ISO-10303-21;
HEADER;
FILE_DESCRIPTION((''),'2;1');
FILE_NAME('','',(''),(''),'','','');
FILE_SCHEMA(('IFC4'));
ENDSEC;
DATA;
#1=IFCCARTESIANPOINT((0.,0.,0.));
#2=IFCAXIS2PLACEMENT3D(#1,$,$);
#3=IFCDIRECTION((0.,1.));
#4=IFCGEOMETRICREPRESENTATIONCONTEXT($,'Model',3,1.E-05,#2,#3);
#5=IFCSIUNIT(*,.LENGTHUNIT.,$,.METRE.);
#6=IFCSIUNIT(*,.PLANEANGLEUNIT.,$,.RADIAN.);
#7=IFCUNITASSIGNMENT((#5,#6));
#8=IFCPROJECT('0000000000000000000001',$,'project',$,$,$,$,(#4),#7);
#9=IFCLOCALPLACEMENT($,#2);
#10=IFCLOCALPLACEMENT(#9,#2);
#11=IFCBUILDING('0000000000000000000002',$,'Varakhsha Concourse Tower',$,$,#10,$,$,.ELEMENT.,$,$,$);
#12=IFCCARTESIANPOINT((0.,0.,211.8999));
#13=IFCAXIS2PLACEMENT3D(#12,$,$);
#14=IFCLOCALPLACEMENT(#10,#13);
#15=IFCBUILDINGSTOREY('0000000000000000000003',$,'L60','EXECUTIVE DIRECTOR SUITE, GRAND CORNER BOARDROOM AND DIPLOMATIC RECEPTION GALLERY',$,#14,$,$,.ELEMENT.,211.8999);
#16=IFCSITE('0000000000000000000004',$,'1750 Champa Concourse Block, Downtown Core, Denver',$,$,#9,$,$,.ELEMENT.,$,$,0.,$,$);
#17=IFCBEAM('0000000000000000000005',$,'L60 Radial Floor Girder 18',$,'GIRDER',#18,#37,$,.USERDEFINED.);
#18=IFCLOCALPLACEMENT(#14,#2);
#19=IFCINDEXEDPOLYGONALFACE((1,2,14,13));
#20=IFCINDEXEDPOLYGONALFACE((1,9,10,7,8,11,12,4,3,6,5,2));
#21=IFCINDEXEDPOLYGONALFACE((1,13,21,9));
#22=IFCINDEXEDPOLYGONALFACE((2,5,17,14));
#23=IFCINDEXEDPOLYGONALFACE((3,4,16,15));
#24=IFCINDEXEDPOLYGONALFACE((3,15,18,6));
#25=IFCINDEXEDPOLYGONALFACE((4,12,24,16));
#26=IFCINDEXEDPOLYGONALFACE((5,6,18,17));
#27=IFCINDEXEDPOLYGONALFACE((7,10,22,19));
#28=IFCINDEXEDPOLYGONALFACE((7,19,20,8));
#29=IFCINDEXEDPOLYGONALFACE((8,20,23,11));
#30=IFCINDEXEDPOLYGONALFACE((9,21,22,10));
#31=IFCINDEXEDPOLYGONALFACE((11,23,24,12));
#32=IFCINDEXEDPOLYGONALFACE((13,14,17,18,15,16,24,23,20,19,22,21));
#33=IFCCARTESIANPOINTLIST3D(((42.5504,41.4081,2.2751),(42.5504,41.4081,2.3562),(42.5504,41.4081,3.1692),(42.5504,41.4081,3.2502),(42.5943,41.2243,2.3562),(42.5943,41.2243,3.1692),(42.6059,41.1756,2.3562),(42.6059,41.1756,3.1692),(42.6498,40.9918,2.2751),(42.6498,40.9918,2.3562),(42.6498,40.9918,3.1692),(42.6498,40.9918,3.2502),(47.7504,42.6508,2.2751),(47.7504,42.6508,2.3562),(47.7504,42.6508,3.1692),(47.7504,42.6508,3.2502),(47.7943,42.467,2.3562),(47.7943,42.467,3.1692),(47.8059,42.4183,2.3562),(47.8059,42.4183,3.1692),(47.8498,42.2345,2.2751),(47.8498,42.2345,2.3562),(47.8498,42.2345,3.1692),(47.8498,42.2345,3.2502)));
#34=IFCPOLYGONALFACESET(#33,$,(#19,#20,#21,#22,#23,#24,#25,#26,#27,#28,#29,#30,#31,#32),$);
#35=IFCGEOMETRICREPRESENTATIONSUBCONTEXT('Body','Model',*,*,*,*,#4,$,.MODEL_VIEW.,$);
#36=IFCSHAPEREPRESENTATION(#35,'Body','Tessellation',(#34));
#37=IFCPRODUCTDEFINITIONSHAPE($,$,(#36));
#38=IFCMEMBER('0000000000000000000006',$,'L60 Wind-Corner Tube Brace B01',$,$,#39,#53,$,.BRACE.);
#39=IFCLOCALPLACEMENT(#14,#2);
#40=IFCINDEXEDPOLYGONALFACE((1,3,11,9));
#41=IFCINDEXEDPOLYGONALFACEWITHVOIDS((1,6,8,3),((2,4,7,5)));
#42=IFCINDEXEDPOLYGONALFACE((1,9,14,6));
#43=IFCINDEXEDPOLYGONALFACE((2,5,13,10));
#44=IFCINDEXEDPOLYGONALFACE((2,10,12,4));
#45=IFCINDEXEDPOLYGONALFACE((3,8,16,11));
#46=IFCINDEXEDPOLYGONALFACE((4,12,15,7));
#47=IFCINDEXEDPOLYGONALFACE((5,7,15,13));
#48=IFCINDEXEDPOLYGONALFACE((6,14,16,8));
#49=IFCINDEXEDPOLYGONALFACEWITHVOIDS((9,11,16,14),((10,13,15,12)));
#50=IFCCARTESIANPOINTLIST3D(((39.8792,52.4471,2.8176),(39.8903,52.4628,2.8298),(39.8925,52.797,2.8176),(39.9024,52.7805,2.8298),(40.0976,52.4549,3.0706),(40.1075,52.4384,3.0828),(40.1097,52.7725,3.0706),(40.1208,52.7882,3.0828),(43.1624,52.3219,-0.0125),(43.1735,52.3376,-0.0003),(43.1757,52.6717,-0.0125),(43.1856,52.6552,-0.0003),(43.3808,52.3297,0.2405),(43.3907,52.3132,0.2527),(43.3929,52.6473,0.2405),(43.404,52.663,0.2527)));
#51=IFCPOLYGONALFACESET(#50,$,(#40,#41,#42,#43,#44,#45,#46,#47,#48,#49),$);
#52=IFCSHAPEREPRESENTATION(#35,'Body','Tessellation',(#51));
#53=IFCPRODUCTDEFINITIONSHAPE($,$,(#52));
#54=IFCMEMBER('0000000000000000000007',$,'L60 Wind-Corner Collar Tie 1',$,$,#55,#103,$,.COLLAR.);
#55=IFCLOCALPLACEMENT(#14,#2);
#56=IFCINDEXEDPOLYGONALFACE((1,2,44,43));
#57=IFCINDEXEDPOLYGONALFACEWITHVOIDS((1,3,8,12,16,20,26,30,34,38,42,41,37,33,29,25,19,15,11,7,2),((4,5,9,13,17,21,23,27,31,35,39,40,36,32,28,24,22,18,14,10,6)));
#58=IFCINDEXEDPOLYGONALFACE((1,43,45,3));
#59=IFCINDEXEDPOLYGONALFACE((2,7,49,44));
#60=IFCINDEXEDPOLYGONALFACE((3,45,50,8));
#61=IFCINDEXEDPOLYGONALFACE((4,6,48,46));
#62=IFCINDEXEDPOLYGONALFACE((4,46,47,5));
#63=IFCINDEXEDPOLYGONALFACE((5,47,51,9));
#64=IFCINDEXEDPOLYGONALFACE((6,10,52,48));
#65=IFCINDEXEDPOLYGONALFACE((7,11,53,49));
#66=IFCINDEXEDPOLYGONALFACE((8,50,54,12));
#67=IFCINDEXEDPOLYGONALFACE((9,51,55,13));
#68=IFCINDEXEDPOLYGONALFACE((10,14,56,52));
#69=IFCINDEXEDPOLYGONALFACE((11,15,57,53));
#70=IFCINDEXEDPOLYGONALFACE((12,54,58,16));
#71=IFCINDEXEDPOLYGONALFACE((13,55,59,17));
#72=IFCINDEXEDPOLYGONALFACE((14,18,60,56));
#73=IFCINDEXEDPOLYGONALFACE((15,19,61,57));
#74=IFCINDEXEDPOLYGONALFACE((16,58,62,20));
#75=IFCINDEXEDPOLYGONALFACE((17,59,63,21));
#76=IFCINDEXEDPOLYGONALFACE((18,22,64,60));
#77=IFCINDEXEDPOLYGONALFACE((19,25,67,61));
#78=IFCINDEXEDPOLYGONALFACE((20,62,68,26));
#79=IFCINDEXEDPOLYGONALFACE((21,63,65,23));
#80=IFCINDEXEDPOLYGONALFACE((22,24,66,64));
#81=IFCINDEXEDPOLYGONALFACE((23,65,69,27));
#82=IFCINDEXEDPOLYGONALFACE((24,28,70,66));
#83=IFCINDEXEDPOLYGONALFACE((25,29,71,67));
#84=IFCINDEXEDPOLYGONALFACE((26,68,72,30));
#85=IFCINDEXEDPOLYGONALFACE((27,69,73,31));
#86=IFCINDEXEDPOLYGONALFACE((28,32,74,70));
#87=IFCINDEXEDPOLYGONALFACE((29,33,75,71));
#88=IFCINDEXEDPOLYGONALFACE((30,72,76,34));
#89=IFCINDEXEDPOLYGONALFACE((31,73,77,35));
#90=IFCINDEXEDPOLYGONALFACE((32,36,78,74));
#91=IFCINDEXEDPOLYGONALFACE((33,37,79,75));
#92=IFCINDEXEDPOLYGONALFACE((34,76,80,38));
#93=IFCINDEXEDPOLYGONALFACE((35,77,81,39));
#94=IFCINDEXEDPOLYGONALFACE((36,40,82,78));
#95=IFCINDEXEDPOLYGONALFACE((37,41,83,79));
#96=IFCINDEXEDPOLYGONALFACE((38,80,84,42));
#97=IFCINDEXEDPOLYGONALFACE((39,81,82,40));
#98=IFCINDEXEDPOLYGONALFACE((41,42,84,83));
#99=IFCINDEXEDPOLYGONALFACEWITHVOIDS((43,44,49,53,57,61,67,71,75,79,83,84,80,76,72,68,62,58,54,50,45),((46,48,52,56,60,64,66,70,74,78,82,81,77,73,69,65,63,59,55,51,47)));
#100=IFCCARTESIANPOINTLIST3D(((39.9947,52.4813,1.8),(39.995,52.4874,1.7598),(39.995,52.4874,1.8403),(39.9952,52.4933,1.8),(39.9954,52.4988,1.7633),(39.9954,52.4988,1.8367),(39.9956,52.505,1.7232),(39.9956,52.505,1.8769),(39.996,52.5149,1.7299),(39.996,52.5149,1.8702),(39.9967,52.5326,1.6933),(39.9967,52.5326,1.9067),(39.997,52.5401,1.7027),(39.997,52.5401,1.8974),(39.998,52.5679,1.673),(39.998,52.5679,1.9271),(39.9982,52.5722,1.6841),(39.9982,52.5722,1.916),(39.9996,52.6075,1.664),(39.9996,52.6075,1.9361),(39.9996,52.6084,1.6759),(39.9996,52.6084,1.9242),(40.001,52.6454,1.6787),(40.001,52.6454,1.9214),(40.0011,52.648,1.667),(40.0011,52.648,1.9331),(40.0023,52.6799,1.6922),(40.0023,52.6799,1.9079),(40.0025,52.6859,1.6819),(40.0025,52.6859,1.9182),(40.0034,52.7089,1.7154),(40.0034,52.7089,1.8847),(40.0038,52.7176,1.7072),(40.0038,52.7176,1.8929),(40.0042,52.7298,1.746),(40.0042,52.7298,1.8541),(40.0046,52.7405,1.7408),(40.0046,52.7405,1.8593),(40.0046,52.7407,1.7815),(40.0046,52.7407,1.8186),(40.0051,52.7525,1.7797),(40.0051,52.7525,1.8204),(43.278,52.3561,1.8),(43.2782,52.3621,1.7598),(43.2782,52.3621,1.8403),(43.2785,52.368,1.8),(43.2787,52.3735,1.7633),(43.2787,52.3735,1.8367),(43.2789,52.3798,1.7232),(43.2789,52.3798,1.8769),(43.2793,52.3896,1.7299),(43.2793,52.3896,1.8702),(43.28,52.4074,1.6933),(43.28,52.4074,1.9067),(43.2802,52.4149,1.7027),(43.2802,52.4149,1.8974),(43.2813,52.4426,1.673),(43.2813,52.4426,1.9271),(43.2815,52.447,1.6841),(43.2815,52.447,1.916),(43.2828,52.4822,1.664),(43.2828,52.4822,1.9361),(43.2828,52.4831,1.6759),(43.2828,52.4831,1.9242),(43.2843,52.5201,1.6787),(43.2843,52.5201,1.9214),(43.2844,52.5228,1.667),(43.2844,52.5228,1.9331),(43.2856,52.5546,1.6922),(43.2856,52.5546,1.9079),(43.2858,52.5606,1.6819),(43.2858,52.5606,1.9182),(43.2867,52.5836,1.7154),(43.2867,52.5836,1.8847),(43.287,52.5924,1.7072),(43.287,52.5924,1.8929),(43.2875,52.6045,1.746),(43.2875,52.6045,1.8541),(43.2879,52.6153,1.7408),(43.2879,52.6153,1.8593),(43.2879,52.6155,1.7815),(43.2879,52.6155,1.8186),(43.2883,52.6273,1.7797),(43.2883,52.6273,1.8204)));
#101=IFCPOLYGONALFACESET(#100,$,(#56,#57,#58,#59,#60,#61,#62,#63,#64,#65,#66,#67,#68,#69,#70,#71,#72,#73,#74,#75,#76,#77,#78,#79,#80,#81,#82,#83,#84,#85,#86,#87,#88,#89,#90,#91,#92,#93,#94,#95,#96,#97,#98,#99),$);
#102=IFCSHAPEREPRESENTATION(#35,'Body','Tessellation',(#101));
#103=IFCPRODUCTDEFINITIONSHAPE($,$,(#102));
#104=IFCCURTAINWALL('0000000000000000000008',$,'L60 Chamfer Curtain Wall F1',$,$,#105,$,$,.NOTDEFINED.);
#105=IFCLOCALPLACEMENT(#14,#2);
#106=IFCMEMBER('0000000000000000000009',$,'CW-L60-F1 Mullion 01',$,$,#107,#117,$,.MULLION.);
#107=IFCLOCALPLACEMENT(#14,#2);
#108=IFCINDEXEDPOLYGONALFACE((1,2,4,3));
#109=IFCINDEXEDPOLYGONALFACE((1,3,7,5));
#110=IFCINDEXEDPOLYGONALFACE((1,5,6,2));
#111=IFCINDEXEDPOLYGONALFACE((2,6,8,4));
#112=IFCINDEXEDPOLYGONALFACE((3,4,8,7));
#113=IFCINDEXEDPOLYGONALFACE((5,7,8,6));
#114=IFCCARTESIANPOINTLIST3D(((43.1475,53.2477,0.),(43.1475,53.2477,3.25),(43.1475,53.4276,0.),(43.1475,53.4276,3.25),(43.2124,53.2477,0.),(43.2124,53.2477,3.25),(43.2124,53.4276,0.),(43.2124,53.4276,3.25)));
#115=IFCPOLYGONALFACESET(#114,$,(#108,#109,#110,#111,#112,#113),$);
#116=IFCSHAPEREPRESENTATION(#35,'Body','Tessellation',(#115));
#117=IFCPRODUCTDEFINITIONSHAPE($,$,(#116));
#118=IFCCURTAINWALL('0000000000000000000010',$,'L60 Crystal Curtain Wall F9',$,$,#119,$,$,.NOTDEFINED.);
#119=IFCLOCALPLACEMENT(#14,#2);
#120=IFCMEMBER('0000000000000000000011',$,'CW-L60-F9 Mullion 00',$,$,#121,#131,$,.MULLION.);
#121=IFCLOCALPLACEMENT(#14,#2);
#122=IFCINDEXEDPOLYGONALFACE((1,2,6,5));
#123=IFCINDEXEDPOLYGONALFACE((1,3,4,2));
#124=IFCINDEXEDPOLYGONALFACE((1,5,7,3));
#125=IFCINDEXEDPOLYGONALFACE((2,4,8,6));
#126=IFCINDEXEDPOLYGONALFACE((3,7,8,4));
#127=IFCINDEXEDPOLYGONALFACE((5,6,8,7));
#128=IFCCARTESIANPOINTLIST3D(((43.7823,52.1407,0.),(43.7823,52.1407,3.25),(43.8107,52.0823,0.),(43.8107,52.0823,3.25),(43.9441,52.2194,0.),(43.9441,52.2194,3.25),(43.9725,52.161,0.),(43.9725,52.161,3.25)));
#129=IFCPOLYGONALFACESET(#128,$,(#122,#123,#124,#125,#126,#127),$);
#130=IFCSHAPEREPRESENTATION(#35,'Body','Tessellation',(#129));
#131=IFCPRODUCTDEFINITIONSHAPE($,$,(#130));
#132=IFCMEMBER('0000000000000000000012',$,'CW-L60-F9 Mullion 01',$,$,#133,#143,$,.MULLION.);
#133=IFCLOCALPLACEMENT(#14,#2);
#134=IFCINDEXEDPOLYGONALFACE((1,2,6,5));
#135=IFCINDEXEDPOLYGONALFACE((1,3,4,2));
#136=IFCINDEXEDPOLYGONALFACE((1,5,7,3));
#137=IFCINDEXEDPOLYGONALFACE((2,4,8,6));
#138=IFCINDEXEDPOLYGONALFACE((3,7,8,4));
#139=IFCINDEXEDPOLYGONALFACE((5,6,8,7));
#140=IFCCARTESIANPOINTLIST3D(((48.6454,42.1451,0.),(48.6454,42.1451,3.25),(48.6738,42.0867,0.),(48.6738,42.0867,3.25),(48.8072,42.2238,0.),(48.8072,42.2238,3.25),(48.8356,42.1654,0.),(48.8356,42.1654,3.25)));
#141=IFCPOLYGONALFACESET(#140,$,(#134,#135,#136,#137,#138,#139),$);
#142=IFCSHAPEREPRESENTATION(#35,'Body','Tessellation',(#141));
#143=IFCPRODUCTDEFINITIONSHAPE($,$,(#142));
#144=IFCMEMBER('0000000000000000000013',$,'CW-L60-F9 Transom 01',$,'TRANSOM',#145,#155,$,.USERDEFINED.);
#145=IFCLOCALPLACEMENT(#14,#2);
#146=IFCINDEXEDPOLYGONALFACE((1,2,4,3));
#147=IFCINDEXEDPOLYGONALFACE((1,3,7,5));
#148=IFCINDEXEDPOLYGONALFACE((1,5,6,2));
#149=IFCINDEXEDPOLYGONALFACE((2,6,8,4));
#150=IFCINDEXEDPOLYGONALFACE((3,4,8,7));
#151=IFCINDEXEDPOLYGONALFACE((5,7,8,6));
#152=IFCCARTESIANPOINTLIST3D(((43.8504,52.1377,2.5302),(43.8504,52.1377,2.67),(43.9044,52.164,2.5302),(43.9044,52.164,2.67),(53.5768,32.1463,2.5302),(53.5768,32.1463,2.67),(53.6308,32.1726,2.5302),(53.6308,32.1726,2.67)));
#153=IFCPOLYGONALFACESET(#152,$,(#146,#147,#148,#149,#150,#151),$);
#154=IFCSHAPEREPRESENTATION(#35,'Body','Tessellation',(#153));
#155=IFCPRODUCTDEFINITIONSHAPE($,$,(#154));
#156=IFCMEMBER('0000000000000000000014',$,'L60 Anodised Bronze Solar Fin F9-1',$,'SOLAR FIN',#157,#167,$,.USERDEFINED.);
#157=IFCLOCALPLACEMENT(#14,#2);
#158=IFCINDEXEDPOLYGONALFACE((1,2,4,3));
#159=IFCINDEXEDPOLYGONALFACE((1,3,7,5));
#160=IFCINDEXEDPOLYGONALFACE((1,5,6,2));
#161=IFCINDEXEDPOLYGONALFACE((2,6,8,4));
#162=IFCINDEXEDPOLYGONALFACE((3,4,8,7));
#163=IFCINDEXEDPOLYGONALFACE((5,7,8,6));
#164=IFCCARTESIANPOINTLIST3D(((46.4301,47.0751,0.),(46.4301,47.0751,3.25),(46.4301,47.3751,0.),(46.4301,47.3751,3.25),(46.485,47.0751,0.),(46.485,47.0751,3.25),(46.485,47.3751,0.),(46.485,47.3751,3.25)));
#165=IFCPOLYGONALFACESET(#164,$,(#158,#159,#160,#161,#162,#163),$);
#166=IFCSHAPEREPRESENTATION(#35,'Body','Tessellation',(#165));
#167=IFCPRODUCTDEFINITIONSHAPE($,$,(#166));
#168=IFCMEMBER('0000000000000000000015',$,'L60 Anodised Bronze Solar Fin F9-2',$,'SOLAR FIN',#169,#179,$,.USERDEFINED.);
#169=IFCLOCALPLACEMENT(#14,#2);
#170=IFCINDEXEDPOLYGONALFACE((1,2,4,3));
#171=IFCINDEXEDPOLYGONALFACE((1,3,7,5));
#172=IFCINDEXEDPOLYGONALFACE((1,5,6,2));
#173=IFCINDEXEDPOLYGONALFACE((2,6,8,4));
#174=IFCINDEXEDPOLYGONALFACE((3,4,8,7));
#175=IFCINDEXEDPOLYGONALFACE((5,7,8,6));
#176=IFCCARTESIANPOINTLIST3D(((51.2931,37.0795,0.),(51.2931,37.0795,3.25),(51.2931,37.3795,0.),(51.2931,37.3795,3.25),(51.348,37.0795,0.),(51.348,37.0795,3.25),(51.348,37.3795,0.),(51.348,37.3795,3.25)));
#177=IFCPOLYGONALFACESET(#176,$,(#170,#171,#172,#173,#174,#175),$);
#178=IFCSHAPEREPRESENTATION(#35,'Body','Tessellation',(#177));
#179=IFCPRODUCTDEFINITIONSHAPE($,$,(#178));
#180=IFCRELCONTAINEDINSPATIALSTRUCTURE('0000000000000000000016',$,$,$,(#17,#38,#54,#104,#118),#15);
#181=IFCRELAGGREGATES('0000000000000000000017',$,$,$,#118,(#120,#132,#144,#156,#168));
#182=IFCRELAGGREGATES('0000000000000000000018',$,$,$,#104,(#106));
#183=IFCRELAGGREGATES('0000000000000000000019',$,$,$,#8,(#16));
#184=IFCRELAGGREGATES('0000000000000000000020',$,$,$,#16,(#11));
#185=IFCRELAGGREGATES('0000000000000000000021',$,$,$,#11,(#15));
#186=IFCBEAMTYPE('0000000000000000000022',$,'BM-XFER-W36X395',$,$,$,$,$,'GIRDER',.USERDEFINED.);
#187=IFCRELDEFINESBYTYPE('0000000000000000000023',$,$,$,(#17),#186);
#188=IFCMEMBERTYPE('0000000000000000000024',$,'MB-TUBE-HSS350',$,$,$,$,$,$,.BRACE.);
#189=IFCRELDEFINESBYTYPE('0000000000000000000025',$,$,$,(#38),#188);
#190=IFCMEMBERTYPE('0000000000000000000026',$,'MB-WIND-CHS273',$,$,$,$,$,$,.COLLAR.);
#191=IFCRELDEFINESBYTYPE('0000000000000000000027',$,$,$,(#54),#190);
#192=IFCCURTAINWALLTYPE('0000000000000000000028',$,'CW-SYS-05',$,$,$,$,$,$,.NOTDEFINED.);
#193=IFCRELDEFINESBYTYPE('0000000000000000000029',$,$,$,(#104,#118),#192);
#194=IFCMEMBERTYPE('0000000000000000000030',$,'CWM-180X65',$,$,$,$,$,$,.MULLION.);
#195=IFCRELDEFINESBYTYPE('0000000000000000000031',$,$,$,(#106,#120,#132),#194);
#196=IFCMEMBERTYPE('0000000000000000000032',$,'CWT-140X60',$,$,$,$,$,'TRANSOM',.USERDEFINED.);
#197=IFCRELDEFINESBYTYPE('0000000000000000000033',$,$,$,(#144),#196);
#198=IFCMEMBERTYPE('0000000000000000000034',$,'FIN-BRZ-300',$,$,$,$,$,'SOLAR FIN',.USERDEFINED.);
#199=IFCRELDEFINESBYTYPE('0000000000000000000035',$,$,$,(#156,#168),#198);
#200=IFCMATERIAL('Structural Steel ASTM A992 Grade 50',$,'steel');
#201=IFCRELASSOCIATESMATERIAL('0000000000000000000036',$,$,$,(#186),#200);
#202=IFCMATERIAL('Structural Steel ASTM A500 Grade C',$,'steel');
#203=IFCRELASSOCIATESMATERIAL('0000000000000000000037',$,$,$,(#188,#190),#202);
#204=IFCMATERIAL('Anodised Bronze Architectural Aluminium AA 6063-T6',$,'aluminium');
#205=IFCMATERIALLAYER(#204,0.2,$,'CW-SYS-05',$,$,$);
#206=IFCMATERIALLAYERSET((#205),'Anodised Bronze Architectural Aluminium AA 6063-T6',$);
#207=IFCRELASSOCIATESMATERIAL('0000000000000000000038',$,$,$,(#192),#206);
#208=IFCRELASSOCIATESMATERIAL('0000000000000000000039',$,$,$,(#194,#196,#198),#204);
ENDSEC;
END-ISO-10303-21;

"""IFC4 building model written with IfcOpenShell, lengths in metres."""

from ifc_helpers import new_model, si_unit, direction, frame, origin, origin_2d, place, context, subcontext, project, spatial, rectangle, hollow_rectangle, hollow_circle, i_section, extrude, source, transform, mapped, material, layer, layer_set, material_profile, profile_set, type_object, type_shapes, element, aggregate, save


model = new_model("IFC4")

# Units and contexts
model_context = context("Model", 3, precision=1e-05, world=origin(), true_north=direction((0.0, 1.0)))
body_context = subcontext(model_context, "Body", "Model", "MODEL_VIEW")
ifc_project = project(units=[si_unit("LENGTHUNIT", "METRE"), si_unit("PLANEANGLEUNIT", "RADIAN")], contexts=[model_context])

# Site, building, storey
site_placement = place(None, origin())
site = spatial("IfcSite", under=ifc_project, at=site_placement, Name="1750 Champa Concourse Block, Downtown Core, Denver", CompositionType="ELEMENT", RefElevation=0.0)
building_placement = place(site_placement, origin())
building = spatial("IfcBuilding", under=site, at=building_placement, Name="Varakhsha Concourse Tower", CompositionType="ELEMENT")
storey_placement = place(building_placement, frame((0.0, 0.0, 211.8999)))
storey = spatial("IfcBuildingStorey", under=building, at=storey_placement, Name="L60", Description="EXECUTIVE DIRECTOR SUITE, GRAND CORNER BOARDROOM AND DIPLOMATIC RECEPTION GALLERY", CompositionType="ELEMENT", Elevation=211.8999)

# Shared definitions
ifc_material_1 = material(Name="Structural Steel ASTM A992 Grade 50", Category="steel")

# Beam
ifc_material_profile_1 = material_profile(ifc_material_1, i_section(OverallWidth=0.428, OverallDepth=0.9751, WebThickness=0.05, FlangeThickness=0.0811, at=origin_2d()), Name="W36X395")
ifc_profile_set_1 = profile_set([ifc_material_profile_1], Name="Structural Steel ASTM A992 Grade 50")
beam_type_1 = type_object("IfcBeamType", Name="BM-XFER-W36X395", ElementType="GIRDER", PredefinedType="USERDEFINED", material=ifc_profile_set_1)
beam_1_placement = place(storey_placement, frame((42.6001, 41.2, 2.7627), z_axis=(0.972612, 0.232433, 0.0), x_axis=(-0.232433, 0.972612, 0.0)))
element("IfcBeam", 1, at=beam_1_placement, inside=storey, type_object=beam_type_1, Name="L60 Radial Floor Girder 18", ObjectType="GIRDER", PredefinedType="USERDEFINED", context=body_context, shape_type="SweptSolid", body=[
    extrude(i_section(OverallWidth=0.428, OverallDepth=0.9751, WebThickness=0.05, FlangeThickness=0.0811, at=origin_2d()), origin(), (0.0, 0.0, 1.0), 5.3464),
])

# Members
ifc_material_2 = material(Name="Structural Steel ASTM A500 Grade C", Category="steel")
ifc_material_profile_2 = material_profile(ifc_material_2, hollow_rectangle(XDim=0.3501, YDim=0.3501, WallThickness=0.0161, at=origin_2d()), Name="HSS 350x350x16")
ifc_profile_set_2 = profile_set([ifc_material_profile_2], Name="Structural Steel ASTM A500 Grade C")
member_type_1 = type_object("IfcMemberType", Name="MB-TUBE-HSS350", PredefinedType="BRACE", material=ifc_profile_set_2)
shared_shape_1 = source(origin(), body_context, "Body", "SweptSolid", [
    extrude(hollow_rectangle(XDim=0.3501, YDim=0.3501, WallThickness=0.0161, at=origin_2d()), origin(), (0.0, 0.0, 1.0), 4.3364),
])
type_shapes(member_type_1, [shared_shape_1])
member_1_placement = place(storey_placement, frame((43.2832, 52.4924, 0.1201), z_axis=(-0.757125, 0.028882, 0.652632), x_axis=(-0.038119, -0.999273, 0.0)))
element("IfcMember", 2, at=member_1_placement, inside=storey, type_object=member_type_1, Name="L60 Wind-Corner Tube Brace B01", PredefinedType="BRACE", context=body_context, shape_type="MappedRepresentation", body=[
    mapped(shared_shape_1, transform((0.0, 0.0, 0.0), scale=1.0)),
])
ifc_material_profile_3 = material_profile(ifc_material_2, hollow_circle(Radius=0.1365, WallThickness=0.012, at=origin_2d()), Name="CHS 273x12")
ifc_profile_set_3 = profile_set([ifc_material_profile_3], Name="Structural Steel ASTM A500 Grade C")
member_type_2 = type_object("IfcMemberType", Name="MB-WIND-CHS273", PredefinedType="COLLAR", material=ifc_profile_set_3)
shared_shape_2 = source(origin(), body_context, "Body", "SweptSolid", [
    extrude(hollow_circle(Radius=0.1365, WallThickness=0.012, at=origin_2d()), origin(), (0.0, 0.0, 1.0), 3.2856),
])
type_shapes(member_type_2, [shared_shape_2])
member_2_placement = place(storey_placement, frame((43.2832, 52.4924, 1.8), z_axis=(-0.999273, 0.038119, 0.0), x_axis=(-0.038119, -0.999273, 0.0)))
element("IfcMember", 3, at=member_2_placement, inside=storey, type_object=member_type_2, Name="L60 Wind-Corner Collar Tie 1", PredefinedType="COLLAR", context=body_context, shape_type="MappedRepresentation", body=[
    mapped(shared_shape_2, transform((0.0, 0.0, 0.0), scale=1.0)),
])

# Curtain wall, member
ifc_material_3 = material(Name="Anodised Bronze Architectural Aluminium AA 6063-T6", Category="aluminium")
ifc_layer_1 = layer(ifc_material_3, 0.2, Name="CW-SYS-05")
ifc_layer_set_1 = layer_set([ifc_layer_1], Name="Anodised Bronze Architectural Aluminium AA 6063-T6")
curtain_wall_type = type_object("IfcCurtainWallType", Name="CW-SYS-05", PredefinedType="NOTDEFINED", material=ifc_layer_set_1)
curtain_wall_1_placement = place(storey_placement, origin())
curtain_wall_1 = element("IfcCurtainWall", 4, at=curtain_wall_1_placement, inside=storey, type_object=curtain_wall_type, Name="L60 Chamfer Curtain Wall F1", PredefinedType="NOTDEFINED")
ifc_material_profile_4 = material_profile(ifc_material_3, rectangle(XDim=0.0649, YDim=0.1799, at=origin_2d()), Name="CWM-180X65")
ifc_profile_set_4 = profile_set([ifc_material_profile_4], Name="Anodised Bronze Architectural Aluminium AA 6063-T6")
member_type_3 = type_object("IfcMemberType", Name="CWM-180X65", PredefinedType="MULLION", material=ifc_profile_set_4)
shared_shape_3 = source(origin(), body_context, "Body", "SweptSolid", [
    extrude(rectangle(XDim=0.0649, YDim=0.1799, at=origin_2d()), origin(), (0.0, 0.0, 1.0), 3.25),
])
type_shapes(member_type_3, [shared_shape_3])
member_3_placement = place(storey_placement, frame((43.1799, 53.3376, 0.0), z_axis=(0.0, 0.0, 1.0), x_axis=(1.0, 0.0, 0.0)))
member_3 = element("IfcMember", 5, at=member_3_placement, type_object=member_type_3, Name="CW-L60-F1 Mullion 01", PredefinedType="MULLION", context=body_context, shape_type="MappedRepresentation", body=[
    mapped(shared_shape_3, transform((0.0, 0.0, 0.0), scale=1.0)),
])

# Curtain wall, members
curtain_wall_2_placement = place(storey_placement, origin())
curtain_wall_2 = element("IfcCurtainWall", 6, at=curtain_wall_2_placement, inside=storey, type_object=curtain_wall_type, Name="L60 Crystal Curtain Wall F9", PredefinedType="NOTDEFINED")
member_4_placement = place(storey_placement, frame((43.8774, 52.1509, 0.0), z_axis=(0.0, 0.0, 1.0), x_axis=(0.437497, -0.89922, 0.0)))
member_4 = element("IfcMember", 7, at=member_4_placement, type_object=member_type_3, Name="CW-L60-F9 Mullion 00", PredefinedType="MULLION", context=body_context, shape_type="MappedRepresentation", body=[
    mapped(shared_shape_3, transform((0.0, 0.0, 0.0), scale=1.0)),
])
member_5_placement = place(storey_placement, frame((48.7405, 42.1553, 0.0), z_axis=(0.0, 0.0, 1.0), x_axis=(0.437497, -0.89922, 0.0)))
member_5 = element("IfcMember", 8, at=member_5_placement, type_object=member_type_3, Name="CW-L60-F9 Mullion 01", PredefinedType="MULLION", context=body_context, shape_type="MappedRepresentation", body=[
    mapped(shared_shape_3, transform((0.0, 0.0, 0.0), scale=1.0)),
])
ifc_material_profile_5 = material_profile(ifc_material_3, rectangle(XDim=0.0601, YDim=0.1399, at=origin_2d()), Name="CWT-140X60")
ifc_profile_set_5 = profile_set([ifc_material_profile_5], Name="Anodised Bronze Architectural Aluminium AA 6063-T6")
member_type_4 = type_object("IfcMemberType", Name="CWT-140X60", ElementType="TRANSOM", PredefinedType="USERDEFINED", material=ifc_profile_set_5)
shared_shape_4 = source(origin(), body_context, "Body", "SweptSolid", [
    extrude(rectangle(XDim=0.0601, YDim=0.1399, at=origin_2d()), origin(), (0.0, 0.0, 1.0), 22.2319),
])
type_shapes(member_type_4, [shared_shape_4])
member_6_placement = place(storey_placement, frame((43.8774, 52.1509, 2.6001), z_axis=(0.437493, -0.899222, 0.0), x_axis=(0.899222, 0.437493, 0.0)))
member_6 = element("IfcMember", 9, at=member_6_placement, type_object=member_type_4, Name="CW-L60-F9 Transom 01", ObjectType="TRANSOM", PredefinedType="USERDEFINED", context=body_context, shape_type="MappedRepresentation", body=[
    mapped(shared_shape_4, transform((0.0, 0.0, 0.0), scale=1.0)),
])
ifc_material_profile_6 = material_profile(ifc_material_3, rectangle(XDim=0.0549, YDim=0.3, at=origin_2d()), Name="FIN-BRZ-300")
ifc_profile_set_6 = profile_set([ifc_material_profile_6], Name="Anodised Bronze Architectural Aluminium AA 6063-T6")
member_type_5 = type_object("IfcMemberType", Name="FIN-BRZ-300", ElementType="SOLAR FIN", PredefinedType="USERDEFINED", material=ifc_profile_set_6)
shared_shape_5 = source(origin(), body_context, "Body", "SweptSolid", [
    extrude(rectangle(XDim=0.0549, YDim=0.3, at=origin_2d()), origin(), (0.0, 0.0, 1.0), 3.25),
])
type_shapes(member_type_5, [shared_shape_5])
member_7_placement = place(storey_placement, frame((46.4575, 47.2251, 0.0), z_axis=(0.0, 0.0, 1.0), x_axis=(1.0, 0.0, 0.0)))
member_7 = element("IfcMember", 10, at=member_7_placement, type_object=member_type_5, Name="L60 Anodised Bronze Solar Fin F9-1", ObjectType="SOLAR FIN", PredefinedType="USERDEFINED", context=body_context, shape_type="MappedRepresentation", body=[
    mapped(shared_shape_5, transform((0.0, 0.0, 0.0), scale=1.0)),
])
member_8_placement = place(storey_placement, frame((51.3206, 37.2295, 0.0), z_axis=(0.0, 0.0, 1.0), x_axis=(1.0, 0.0, 0.0)))
member_8 = element("IfcMember", 11, at=member_8_placement, type_object=member_type_5, Name="L60 Anodised Bronze Solar Fin F9-2", ObjectType="SOLAR FIN", PredefinedType="USERDEFINED", context=body_context, shape_type="MappedRepresentation", body=[
    mapped(shared_shape_5, transform((0.0, 0.0, 0.0), scale=1.0)),
])

aggregate(curtain_wall_2, [member_4, member_5, member_6, member_7, member_8])
aggregate(curtain_wall_1, [member_3])

save(model, "model.ifc")
